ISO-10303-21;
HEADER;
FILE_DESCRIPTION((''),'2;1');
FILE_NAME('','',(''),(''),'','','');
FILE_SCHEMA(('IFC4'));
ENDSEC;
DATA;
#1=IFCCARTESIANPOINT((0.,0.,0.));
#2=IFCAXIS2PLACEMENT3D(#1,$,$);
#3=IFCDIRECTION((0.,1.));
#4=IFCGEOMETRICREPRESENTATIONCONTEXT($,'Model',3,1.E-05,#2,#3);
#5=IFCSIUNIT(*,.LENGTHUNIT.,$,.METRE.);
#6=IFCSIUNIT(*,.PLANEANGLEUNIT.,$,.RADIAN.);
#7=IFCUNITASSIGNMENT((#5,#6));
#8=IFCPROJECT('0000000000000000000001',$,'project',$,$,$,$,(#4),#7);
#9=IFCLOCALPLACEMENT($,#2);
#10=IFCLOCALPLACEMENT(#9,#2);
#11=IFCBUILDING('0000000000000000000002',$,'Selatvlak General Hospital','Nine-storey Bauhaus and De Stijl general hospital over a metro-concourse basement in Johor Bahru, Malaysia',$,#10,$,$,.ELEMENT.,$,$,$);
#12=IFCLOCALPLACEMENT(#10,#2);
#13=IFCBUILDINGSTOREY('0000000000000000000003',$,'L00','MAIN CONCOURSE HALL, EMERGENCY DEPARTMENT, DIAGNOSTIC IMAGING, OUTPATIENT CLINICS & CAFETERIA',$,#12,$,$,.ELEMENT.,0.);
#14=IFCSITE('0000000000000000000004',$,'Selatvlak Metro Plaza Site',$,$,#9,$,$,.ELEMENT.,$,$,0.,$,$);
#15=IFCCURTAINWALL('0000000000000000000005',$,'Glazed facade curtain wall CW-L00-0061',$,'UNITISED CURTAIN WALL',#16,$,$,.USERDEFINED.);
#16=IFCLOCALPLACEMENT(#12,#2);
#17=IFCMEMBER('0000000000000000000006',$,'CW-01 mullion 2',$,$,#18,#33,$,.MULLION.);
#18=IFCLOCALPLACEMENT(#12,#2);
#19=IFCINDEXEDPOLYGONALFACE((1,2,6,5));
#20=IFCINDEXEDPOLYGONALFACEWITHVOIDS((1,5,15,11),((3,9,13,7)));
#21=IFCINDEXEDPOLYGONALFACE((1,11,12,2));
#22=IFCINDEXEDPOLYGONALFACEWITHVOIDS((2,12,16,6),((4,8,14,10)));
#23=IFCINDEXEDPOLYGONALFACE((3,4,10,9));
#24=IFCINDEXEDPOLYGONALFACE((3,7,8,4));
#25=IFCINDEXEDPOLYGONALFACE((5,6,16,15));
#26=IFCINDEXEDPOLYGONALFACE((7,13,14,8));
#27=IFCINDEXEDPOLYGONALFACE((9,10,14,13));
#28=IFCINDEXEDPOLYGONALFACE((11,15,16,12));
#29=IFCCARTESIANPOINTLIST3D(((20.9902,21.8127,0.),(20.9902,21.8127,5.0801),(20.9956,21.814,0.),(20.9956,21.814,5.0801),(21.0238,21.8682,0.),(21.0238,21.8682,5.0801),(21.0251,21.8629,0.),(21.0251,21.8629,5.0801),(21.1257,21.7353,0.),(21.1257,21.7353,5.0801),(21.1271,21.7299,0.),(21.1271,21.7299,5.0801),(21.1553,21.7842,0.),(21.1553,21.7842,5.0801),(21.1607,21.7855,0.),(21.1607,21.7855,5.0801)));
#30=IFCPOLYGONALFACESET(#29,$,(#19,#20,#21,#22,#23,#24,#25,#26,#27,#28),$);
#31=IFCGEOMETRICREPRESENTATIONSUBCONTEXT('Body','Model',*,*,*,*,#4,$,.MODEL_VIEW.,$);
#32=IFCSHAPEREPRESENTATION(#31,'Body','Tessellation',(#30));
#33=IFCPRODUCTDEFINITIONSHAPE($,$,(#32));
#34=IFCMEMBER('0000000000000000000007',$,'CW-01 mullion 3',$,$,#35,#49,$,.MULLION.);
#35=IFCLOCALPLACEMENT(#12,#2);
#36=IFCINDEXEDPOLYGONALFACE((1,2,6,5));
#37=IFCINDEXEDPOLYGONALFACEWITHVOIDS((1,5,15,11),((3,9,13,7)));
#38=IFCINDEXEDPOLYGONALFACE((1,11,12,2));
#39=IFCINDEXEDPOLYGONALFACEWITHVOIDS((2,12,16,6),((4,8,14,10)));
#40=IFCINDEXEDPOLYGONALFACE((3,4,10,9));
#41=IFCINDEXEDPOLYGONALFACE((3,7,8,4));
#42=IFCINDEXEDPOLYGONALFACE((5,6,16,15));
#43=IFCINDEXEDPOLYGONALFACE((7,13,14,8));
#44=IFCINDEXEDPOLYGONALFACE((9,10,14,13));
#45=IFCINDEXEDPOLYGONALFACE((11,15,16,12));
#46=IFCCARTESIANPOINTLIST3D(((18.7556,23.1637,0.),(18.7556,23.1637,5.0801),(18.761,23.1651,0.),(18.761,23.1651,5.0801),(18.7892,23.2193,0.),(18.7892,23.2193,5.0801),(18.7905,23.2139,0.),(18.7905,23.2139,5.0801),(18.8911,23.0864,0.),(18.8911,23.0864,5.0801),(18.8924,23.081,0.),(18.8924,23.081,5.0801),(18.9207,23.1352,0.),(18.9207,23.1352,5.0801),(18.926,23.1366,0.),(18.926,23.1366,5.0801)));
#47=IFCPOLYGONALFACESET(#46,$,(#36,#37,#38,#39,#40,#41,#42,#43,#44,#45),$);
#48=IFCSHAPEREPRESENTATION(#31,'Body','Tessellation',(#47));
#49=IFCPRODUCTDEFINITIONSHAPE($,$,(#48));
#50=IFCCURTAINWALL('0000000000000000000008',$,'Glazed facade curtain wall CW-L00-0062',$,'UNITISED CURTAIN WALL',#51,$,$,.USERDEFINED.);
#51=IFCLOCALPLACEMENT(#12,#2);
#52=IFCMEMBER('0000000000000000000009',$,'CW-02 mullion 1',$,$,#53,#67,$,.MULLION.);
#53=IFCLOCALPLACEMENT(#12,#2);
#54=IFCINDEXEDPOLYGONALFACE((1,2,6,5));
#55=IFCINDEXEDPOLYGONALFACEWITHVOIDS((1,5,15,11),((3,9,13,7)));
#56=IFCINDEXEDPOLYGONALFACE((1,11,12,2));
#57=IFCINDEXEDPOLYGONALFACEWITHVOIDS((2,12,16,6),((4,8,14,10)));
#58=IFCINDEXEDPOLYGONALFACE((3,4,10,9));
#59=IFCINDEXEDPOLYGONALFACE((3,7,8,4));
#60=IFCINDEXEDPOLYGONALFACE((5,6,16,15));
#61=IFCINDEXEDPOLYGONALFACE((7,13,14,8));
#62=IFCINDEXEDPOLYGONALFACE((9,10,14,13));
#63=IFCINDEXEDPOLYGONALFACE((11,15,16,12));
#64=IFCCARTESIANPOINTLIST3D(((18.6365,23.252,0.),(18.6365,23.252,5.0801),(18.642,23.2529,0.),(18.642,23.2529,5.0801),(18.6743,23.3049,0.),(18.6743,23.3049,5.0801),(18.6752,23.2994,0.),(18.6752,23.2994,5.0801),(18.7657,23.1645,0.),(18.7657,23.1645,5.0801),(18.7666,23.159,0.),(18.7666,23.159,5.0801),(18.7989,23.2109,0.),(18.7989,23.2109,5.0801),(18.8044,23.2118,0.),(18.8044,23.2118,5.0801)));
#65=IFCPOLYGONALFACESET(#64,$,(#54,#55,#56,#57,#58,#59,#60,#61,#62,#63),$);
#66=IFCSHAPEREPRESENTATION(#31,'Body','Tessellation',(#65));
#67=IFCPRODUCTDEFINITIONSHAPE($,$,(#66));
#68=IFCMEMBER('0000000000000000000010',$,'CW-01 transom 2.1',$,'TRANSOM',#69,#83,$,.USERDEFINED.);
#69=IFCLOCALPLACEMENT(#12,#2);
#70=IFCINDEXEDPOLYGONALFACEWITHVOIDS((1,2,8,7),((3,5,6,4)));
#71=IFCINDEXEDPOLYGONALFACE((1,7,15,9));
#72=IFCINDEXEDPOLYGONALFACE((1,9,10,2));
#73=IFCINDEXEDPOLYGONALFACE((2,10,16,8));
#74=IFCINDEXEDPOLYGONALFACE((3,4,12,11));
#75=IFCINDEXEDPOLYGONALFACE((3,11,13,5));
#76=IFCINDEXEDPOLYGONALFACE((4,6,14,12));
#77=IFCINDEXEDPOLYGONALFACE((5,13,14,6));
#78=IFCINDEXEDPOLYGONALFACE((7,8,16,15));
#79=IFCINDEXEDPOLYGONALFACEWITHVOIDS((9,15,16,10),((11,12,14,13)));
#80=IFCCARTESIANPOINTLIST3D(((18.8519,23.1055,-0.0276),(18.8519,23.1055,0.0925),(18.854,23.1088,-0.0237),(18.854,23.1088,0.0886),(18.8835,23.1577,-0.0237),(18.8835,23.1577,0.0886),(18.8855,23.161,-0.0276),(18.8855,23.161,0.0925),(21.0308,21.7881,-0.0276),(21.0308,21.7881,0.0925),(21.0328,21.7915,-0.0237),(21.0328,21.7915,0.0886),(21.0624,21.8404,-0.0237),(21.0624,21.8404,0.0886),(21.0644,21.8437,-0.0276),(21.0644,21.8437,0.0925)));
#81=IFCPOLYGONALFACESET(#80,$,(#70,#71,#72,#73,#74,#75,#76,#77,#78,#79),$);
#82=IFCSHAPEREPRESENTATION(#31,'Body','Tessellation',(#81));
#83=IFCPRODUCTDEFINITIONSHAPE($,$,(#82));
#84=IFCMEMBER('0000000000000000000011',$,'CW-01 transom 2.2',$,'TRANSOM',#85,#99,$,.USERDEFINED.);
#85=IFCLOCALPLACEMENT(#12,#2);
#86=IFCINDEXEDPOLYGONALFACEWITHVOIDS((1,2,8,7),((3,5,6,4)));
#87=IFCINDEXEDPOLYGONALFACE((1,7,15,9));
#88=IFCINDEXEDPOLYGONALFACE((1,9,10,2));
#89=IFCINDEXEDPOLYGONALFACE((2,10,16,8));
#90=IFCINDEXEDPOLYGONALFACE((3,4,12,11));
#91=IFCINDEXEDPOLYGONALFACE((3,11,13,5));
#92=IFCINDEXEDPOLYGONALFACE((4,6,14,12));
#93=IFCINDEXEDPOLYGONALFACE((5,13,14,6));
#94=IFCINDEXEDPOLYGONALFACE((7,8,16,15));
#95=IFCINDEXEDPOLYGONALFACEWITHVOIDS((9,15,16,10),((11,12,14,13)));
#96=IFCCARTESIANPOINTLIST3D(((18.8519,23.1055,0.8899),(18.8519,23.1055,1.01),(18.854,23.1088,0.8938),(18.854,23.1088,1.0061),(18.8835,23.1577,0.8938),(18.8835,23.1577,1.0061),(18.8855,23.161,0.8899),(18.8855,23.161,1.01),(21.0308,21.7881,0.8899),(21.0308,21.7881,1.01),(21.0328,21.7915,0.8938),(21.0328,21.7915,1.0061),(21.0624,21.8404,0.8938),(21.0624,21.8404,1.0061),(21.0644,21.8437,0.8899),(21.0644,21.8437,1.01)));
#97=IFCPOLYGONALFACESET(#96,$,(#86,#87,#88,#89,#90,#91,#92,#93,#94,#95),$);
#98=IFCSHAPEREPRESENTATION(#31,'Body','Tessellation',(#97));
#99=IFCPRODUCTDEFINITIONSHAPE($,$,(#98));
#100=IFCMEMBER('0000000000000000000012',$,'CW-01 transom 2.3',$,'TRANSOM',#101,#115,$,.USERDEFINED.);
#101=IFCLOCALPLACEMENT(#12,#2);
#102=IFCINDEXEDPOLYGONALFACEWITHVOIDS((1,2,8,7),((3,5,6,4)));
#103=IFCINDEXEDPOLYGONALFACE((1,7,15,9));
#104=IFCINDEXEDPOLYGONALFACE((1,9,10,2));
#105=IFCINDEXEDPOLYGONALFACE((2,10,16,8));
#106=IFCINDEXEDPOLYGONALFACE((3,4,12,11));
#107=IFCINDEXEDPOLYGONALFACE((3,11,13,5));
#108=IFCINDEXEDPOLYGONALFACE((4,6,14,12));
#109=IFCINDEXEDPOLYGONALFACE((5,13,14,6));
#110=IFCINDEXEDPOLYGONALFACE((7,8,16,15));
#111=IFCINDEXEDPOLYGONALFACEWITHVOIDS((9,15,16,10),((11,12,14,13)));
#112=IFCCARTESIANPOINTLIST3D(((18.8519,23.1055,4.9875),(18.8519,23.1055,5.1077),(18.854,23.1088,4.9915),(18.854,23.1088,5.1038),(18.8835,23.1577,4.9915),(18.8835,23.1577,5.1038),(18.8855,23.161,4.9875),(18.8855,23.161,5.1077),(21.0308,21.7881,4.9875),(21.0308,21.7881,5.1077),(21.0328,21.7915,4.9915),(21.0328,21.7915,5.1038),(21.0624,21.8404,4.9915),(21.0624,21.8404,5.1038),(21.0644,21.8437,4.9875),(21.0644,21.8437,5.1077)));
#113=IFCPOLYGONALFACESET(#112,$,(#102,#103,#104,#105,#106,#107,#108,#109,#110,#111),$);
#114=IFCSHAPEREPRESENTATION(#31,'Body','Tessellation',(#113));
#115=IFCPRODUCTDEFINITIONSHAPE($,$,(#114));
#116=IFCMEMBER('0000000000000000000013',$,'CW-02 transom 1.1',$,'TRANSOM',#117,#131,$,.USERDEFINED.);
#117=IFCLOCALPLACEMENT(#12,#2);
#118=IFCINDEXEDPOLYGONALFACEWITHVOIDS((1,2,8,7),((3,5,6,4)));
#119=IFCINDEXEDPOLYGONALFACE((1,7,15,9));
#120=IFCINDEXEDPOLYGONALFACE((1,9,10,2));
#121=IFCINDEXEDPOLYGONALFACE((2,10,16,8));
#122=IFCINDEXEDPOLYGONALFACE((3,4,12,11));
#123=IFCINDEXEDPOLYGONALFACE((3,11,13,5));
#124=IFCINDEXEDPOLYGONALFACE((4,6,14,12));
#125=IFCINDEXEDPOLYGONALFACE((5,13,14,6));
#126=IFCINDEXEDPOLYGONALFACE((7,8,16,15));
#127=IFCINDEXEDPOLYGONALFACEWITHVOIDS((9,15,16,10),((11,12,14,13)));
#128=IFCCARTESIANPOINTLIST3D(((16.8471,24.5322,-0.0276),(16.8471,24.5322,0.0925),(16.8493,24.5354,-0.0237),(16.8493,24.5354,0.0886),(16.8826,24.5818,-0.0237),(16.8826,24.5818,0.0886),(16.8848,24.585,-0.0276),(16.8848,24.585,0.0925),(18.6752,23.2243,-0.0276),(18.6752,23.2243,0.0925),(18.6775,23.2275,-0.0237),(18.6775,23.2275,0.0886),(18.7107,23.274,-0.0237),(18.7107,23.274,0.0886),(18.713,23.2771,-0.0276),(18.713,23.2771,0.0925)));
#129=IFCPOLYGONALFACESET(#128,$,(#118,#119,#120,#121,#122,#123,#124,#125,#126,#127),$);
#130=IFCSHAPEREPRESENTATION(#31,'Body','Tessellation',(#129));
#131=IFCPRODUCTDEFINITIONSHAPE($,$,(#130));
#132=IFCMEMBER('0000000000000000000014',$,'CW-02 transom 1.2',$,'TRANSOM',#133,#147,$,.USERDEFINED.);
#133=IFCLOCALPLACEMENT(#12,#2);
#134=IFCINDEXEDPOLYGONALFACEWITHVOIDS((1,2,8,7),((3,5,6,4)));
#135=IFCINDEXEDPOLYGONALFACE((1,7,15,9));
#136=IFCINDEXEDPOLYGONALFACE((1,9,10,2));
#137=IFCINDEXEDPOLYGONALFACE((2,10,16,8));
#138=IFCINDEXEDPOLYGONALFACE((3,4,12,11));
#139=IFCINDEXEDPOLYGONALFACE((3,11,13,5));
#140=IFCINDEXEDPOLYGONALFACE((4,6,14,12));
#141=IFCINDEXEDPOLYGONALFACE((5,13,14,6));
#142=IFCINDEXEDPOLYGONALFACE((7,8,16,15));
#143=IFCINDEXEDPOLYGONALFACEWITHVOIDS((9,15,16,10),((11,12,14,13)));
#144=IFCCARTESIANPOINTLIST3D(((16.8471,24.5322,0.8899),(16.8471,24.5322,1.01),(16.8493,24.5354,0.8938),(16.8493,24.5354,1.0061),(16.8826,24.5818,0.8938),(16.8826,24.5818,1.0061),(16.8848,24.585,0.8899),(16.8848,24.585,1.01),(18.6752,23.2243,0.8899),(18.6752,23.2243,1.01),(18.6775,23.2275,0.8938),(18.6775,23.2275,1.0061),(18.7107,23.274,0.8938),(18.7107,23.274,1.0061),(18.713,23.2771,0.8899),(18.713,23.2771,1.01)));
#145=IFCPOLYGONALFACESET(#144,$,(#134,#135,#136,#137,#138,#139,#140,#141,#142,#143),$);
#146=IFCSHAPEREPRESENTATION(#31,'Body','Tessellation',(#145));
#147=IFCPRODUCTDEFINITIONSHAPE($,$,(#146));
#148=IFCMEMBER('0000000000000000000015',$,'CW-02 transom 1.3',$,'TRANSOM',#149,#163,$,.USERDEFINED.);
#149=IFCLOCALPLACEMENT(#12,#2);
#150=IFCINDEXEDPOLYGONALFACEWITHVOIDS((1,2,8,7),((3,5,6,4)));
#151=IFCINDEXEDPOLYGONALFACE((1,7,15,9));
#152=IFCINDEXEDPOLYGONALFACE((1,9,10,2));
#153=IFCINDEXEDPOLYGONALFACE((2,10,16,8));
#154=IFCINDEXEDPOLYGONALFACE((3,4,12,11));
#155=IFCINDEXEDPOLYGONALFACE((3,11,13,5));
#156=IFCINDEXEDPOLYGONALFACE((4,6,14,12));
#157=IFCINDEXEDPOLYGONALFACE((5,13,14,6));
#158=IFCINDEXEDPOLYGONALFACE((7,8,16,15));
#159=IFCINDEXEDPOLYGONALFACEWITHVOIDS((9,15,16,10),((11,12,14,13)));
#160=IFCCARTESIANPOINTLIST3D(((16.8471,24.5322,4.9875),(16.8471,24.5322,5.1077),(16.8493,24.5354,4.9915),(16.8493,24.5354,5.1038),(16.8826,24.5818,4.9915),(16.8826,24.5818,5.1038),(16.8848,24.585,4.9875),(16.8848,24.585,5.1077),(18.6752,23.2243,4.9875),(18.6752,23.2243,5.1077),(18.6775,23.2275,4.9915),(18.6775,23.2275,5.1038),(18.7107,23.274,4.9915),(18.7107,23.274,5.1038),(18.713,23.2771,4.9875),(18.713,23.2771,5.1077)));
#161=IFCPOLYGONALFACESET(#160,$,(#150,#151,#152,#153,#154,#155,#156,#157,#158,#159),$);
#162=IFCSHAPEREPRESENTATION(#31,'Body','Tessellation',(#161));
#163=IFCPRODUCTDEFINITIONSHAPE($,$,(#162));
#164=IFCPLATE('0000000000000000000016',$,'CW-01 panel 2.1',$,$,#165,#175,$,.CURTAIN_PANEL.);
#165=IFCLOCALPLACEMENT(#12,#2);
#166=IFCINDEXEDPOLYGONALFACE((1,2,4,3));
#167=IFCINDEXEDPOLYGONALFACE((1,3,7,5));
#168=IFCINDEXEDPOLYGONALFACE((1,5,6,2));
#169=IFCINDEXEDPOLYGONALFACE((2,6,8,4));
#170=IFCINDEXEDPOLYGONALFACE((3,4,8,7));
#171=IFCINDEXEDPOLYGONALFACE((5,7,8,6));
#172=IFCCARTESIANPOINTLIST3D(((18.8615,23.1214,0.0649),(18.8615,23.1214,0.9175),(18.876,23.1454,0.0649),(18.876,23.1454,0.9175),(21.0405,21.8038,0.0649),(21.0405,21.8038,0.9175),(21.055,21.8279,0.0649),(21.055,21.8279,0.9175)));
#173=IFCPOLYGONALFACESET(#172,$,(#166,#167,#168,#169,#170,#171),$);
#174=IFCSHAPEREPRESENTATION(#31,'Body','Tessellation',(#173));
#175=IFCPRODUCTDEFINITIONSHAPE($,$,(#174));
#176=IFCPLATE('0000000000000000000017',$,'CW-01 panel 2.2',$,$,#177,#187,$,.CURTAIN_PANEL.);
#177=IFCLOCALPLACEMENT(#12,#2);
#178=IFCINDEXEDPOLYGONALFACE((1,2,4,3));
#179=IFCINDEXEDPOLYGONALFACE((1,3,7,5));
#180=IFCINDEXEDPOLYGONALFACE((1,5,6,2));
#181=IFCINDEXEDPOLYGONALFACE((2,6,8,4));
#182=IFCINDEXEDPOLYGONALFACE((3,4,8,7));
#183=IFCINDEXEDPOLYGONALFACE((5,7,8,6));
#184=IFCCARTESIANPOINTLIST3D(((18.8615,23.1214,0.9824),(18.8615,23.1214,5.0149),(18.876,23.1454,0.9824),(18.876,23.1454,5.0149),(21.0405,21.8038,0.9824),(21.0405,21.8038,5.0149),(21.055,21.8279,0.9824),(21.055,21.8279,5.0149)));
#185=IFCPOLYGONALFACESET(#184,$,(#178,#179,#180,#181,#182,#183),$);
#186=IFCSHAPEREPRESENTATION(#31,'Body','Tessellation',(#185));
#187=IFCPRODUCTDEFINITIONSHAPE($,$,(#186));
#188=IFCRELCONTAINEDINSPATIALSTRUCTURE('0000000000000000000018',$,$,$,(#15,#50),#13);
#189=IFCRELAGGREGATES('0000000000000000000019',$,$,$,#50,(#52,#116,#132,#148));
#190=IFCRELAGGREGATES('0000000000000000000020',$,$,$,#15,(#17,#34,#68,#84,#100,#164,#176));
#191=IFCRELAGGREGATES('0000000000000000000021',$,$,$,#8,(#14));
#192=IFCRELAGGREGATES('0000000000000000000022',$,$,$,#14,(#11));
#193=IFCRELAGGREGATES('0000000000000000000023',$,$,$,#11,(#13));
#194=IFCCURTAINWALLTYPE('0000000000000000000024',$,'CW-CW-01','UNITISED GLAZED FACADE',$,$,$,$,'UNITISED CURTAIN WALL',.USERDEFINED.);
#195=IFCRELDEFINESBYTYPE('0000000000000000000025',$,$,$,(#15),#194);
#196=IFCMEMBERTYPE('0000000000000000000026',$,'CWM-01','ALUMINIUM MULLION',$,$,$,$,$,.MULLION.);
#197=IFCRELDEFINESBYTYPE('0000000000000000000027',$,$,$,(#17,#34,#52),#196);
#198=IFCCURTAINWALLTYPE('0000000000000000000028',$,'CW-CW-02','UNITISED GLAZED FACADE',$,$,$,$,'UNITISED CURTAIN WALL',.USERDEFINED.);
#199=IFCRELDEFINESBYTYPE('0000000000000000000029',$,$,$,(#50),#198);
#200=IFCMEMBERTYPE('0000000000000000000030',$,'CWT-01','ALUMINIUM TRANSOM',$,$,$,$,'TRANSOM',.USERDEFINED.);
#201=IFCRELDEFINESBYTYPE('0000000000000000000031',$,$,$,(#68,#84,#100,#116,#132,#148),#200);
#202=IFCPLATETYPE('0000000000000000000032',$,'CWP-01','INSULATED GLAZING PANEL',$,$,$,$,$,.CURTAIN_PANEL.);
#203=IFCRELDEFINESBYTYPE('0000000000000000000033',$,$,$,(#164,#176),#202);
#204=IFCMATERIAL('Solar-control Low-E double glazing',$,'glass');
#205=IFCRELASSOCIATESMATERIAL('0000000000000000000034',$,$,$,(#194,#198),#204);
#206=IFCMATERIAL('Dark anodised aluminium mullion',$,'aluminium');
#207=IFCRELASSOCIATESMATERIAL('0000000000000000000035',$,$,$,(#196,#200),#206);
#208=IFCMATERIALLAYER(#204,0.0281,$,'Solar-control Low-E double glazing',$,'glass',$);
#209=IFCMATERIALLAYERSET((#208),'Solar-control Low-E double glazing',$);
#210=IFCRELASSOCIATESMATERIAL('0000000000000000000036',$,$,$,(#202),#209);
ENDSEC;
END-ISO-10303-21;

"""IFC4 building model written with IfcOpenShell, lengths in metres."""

from ifc_helpers import new_model, si_unit, direction, frame, origin, origin_2d, place, context, subcontext, project, spatial, rectangle, hollow_rectangle, extrude, material, layer, layer_set, material_profile, profile_set, type_object, element, aggregate, save


model = new_model("IFC4")

# Units and contexts
model_context = context("Model", 3, precision=1e-05, world=origin(), true_north=direction((0.0, 1.0)))
body_context = subcontext(model_context, "Body", "Model", "MODEL_VIEW")
ifc_project = project(units=[si_unit("LENGTHUNIT", "METRE"), si_unit("PLANEANGLEUNIT", "RADIAN")], contexts=[model_context])

# Site, building, storey
site_placement = place(None, origin())
site = spatial("IfcSite", under=ifc_project, at=site_placement, Name="Selatvlak Metro Plaza Site", CompositionType="ELEMENT", RefElevation=0.0)
building_placement = place(site_placement, origin())
building = spatial("IfcBuilding", under=site, at=building_placement, Name="Selatvlak General Hospital", Description="Nine-storey Bauhaus and De Stijl general hospital over a metro-concourse basement in Johor Bahru, Malaysia", CompositionType="ELEMENT")
storey_placement = place(building_placement, origin())
storey = spatial("IfcBuildingStorey", under=building, at=storey_placement, Name="L00", Description="MAIN CONCOURSE HALL, EMERGENCY DEPARTMENT, DIAGNOSTIC IMAGING, OUTPATIENT CLINICS & CAFETERIA", CompositionType="ELEMENT", Elevation=0.0)

# Curtain wall, members
ifc_material_1 = material(Name="Solar-control Low-E double glazing", Category="glass")
curtain_wall_type_1 = type_object("IfcCurtainWallType", Name="CW-CW-01", Description="UNITISED GLAZED FACADE", ElementType="UNITISED CURTAIN WALL", PredefinedType="USERDEFINED", material=ifc_material_1)
curtain_wall_1_placement = place(storey_placement, origin())
curtain_wall_1 = element("IfcCurtainWall", 1, at=curtain_wall_1_placement, inside=storey, type_object=curtain_wall_type_1, Name="Glazed facade curtain wall CW-L00-0061", ObjectType="UNITISED CURTAIN WALL", PredefinedType="USERDEFINED")
ifc_material_2 = material(Name="Dark anodised aluminium mullion", Category="aluminium")
ifc_material_profile_1 = material_profile(ifc_material_2, hollow_rectangle(XDim=0.0649, YDim=0.1599, WallThickness=0.0039, at=origin_2d()), Name="AL-MUL 65x160x4")
ifc_profile_set_1 = profile_set([ifc_material_profile_1], Name="Dark anodised aluminium mullion")
member_type_1 = type_object("IfcMemberType", Name="CWM-01", Description="ALUMINIUM MULLION", PredefinedType="MULLION", material=ifc_profile_set_1)
member_1_placement = place(storey_placement, frame((21.0754, 21.7991, 0.0), z_axis=(0.0, 0.0, 1.0), x_axis=(-0.517413, -0.855736, 0.0)))
member_1 = element("IfcMember", 2, at=member_1_placement, type_object=member_type_1, Name="CW-01 mullion 2", PredefinedType="MULLION", context=body_context, shape_type="SweptSolid", body=[
    extrude(hollow_rectangle(XDim=0.0649, YDim=0.1599, WallThickness=0.0039, at=origin_2d()), origin(), (0.0, 0.0, 1.0), 5.0801),
])
member_2_placement = place(storey_placement, frame((18.8408, 23.1501, 0.0), z_axis=(0.0, 0.0, 1.0), x_axis=(-0.517413, -0.855736, 0.0)))
member_2 = element("IfcMember", 3, at=member_2_placement, type_object=member_type_1, Name="CW-01 mullion 3", PredefinedType="MULLION", context=body_context, shape_type="SweptSolid", body=[
    extrude(hollow_rectangle(XDim=0.0649, YDim=0.1599, WallThickness=0.0039, at=origin_2d()), origin(), (0.0, 0.0, 1.0), 5.0801),
])

# Curtain wall, member
curtain_wall_type_2 = type_object("IfcCurtainWallType", Name="CW-CW-02", Description="UNITISED GLAZED FACADE", ElementType="UNITISED CURTAIN WALL", PredefinedType="USERDEFINED", material=ifc_material_1)
curtain_wall_2_placement = place(storey_placement, origin())
curtain_wall_2 = element("IfcCurtainWall", 4, at=curtain_wall_2_placement, inside=storey, type_object=curtain_wall_type_2, Name="Glazed facade curtain wall CW-L00-0062", ObjectType="UNITISED CURTAIN WALL", PredefinedType="USERDEFINED")
member_3_placement = place(storey_placement, frame((18.7205, 23.2319, 0.0), z_axis=(0.0, 0.0, 1.0), x_axis=(-0.581803, -0.81333, 0.0)))
member_3 = element("IfcMember", 5, at=member_3_placement, type_object=member_type_1, Name="CW-02 mullion 1", PredefinedType="MULLION", context=body_context, shape_type="SweptSolid", body=[
    extrude(hollow_rectangle(XDim=0.0649, YDim=0.1599, WallThickness=0.0039, at=origin_2d()), origin(), (0.0, 0.0, 1.0), 5.0801),
])

# Members
ifc_material_profile_2 = material_profile(ifc_material_2, hollow_rectangle(XDim=0.0649, YDim=0.1201, WallThickness=0.0039, at=origin_2d()), Name="AL-TRN 65x120x4")
ifc_profile_set_2 = profile_set([ifc_material_profile_2], Name="Dark anodised aluminium mullion")
member_type_2 = type_object("IfcMemberType", Name="CWT-01", Description="ALUMINIUM TRANSOM", ElementType="TRANSOM", PredefinedType="USERDEFINED", material=ifc_profile_set_2)
member_4_placement = place(storey_placement, frame((21.0476, 21.8159, 0.0325), z_axis=(-0.855754, 0.517383, 0.0), x_axis=(-0.517383, -0.855754, 0.0)))
member_4 = element("IfcMember", 6, at=member_4_placement, type_object=member_type_2, Name="CW-01 transom 2.1", ObjectType="TRANSOM", PredefinedType="USERDEFINED", context=body_context, shape_type="SweptSolid", body=[
    extrude(hollow_rectangle(XDim=0.0649, YDim=0.1201, WallThickness=0.0039, at=origin_2d()), origin(), (0.0, 0.0, 1.0), 2.5461),
])
member_5_placement = place(storey_placement, frame((21.0476, 21.8159, 0.95), z_axis=(-0.855754, 0.517383, 0.0), x_axis=(-0.517383, -0.855754, 0.0)))
member_5 = element("IfcMember", 7, at=member_5_placement, type_object=member_type_2, Name="CW-01 transom 2.2", ObjectType="TRANSOM", PredefinedType="USERDEFINED", context=body_context, shape_type="SweptSolid", body=[
    extrude(hollow_rectangle(XDim=0.0649, YDim=0.1201, WallThickness=0.0039, at=origin_2d()), origin(), (0.0, 0.0, 1.0), 2.5461),
])
member_6_placement = place(storey_placement, frame((21.0476, 21.8159, 5.0476), z_axis=(-0.855754, 0.517383, 0.0), x_axis=(-0.517383, -0.855754, 0.0)))
member_6 = element("IfcMember", 8, at=member_6_placement, type_object=member_type_2, Name="CW-01 transom 2.3", ObjectType="TRANSOM", PredefinedType="USERDEFINED", context=body_context, shape_type="SweptSolid", body=[
    extrude(hollow_rectangle(XDim=0.0649, YDim=0.1201, WallThickness=0.0039, at=origin_2d()), origin(), (0.0, 0.0, 1.0), 2.5461),
])
member_7_placement = place(storey_placement, frame((18.6941, 23.2507, 0.0325), z_axis=(-0.8133, 0.581844, 0.0), x_axis=(-0.581844, -0.8133, 0.0)))
member_7 = element("IfcMember", 9, at=member_7_placement, type_object=member_type_2, Name="CW-02 transom 1.1", ObjectType="TRANSOM", PredefinedType="USERDEFINED", context=body_context, shape_type="SweptSolid", body=[
    extrude(hollow_rectangle(XDim=0.0649, YDim=0.1201, WallThickness=0.0039, at=origin_2d()), origin(), (0.0, 0.0, 1.0), 2.2478),
])
member_8_placement = place(storey_placement, frame((18.6941, 23.2507, 0.95), z_axis=(-0.8133, 0.581844, 0.0), x_axis=(-0.581844, -0.8133, 0.0)))
member_8 = element("IfcMember", 10, at=member_8_placement, type_object=member_type_2, Name="CW-02 transom 1.2", ObjectType="TRANSOM", PredefinedType="USERDEFINED", context=body_context, shape_type="SweptSolid", body=[
    extrude(hollow_rectangle(XDim=0.0649, YDim=0.1201, WallThickness=0.0039, at=origin_2d()), origin(), (0.0, 0.0, 1.0), 2.2478),
])
member_9_placement = place(storey_placement, frame((18.6941, 23.2507, 5.0476), z_axis=(-0.8133, 0.581844, 0.0), x_axis=(-0.581844, -0.8133, 0.0)))
member_9 = element("IfcMember", 11, at=member_9_placement, type_object=member_type_2, Name="CW-02 transom 1.3", ObjectType="TRANSOM", PredefinedType="USERDEFINED", context=body_context, shape_type="SweptSolid", body=[
    extrude(hollow_rectangle(XDim=0.0649, YDim=0.1201, WallThickness=0.0039, at=origin_2d()), origin(), (0.0, 0.0, 1.0), 2.2478),
])
aggregate(curtain_wall_2, [member_3, member_7, member_8, member_9])

# Plates
ifc_layer_1 = layer(ifc_material_1, 0.0281, Name="Solar-control Low-E double glazing", Category="glass")
ifc_layer_set_1 = layer_set([ifc_layer_1], Name="Solar-control Low-E double glazing")
plate_type = type_object("IfcPlateType", Name="CWP-01", Description="INSULATED GLAZING PANEL", PredefinedType="CURTAIN_PANEL", material=ifc_layer_set_1)
plate_1_placement = place(storey_placement, frame((19.9583, 22.4746, 0.0649), z_axis=(0.0, 0.0, 1.0), x_axis=(-0.855736, 0.517413, 0.0)))
plate_1 = element("IfcPlate", 12, at=plate_1_placement, type_object=plate_type, Name="CW-01 panel 2.1", PredefinedType="CURTAIN_PANEL", context=body_context, shape_type="SweptSolid", body=[
    extrude(rectangle(XDim=2.5464, YDim=0.0281, at=origin_2d()), origin(), (0.0, 0.0, 1.0), 0.8525),
])
plate_2_placement = place(storey_placement, frame((19.9583, 22.4746, 0.9824), z_axis=(0.0, 0.0, 1.0), x_axis=(-0.855736, 0.517413, 0.0)))
plate_2 = element("IfcPlate", 13, at=plate_2_placement, type_object=plate_type, Name="CW-01 panel 2.2", PredefinedType="CURTAIN_PANEL", context=body_context, shape_type="SweptSolid", body=[
    extrude(rectangle(XDim=2.5464, YDim=0.0281, at=origin_2d()), origin(), (0.0, 0.0, 1.0), 4.0325),
])
aggregate(curtain_wall_1, [member_1, member_2, member_4, member_5, member_6, plate_1, plate_2])

save(model, "model.ifc")
